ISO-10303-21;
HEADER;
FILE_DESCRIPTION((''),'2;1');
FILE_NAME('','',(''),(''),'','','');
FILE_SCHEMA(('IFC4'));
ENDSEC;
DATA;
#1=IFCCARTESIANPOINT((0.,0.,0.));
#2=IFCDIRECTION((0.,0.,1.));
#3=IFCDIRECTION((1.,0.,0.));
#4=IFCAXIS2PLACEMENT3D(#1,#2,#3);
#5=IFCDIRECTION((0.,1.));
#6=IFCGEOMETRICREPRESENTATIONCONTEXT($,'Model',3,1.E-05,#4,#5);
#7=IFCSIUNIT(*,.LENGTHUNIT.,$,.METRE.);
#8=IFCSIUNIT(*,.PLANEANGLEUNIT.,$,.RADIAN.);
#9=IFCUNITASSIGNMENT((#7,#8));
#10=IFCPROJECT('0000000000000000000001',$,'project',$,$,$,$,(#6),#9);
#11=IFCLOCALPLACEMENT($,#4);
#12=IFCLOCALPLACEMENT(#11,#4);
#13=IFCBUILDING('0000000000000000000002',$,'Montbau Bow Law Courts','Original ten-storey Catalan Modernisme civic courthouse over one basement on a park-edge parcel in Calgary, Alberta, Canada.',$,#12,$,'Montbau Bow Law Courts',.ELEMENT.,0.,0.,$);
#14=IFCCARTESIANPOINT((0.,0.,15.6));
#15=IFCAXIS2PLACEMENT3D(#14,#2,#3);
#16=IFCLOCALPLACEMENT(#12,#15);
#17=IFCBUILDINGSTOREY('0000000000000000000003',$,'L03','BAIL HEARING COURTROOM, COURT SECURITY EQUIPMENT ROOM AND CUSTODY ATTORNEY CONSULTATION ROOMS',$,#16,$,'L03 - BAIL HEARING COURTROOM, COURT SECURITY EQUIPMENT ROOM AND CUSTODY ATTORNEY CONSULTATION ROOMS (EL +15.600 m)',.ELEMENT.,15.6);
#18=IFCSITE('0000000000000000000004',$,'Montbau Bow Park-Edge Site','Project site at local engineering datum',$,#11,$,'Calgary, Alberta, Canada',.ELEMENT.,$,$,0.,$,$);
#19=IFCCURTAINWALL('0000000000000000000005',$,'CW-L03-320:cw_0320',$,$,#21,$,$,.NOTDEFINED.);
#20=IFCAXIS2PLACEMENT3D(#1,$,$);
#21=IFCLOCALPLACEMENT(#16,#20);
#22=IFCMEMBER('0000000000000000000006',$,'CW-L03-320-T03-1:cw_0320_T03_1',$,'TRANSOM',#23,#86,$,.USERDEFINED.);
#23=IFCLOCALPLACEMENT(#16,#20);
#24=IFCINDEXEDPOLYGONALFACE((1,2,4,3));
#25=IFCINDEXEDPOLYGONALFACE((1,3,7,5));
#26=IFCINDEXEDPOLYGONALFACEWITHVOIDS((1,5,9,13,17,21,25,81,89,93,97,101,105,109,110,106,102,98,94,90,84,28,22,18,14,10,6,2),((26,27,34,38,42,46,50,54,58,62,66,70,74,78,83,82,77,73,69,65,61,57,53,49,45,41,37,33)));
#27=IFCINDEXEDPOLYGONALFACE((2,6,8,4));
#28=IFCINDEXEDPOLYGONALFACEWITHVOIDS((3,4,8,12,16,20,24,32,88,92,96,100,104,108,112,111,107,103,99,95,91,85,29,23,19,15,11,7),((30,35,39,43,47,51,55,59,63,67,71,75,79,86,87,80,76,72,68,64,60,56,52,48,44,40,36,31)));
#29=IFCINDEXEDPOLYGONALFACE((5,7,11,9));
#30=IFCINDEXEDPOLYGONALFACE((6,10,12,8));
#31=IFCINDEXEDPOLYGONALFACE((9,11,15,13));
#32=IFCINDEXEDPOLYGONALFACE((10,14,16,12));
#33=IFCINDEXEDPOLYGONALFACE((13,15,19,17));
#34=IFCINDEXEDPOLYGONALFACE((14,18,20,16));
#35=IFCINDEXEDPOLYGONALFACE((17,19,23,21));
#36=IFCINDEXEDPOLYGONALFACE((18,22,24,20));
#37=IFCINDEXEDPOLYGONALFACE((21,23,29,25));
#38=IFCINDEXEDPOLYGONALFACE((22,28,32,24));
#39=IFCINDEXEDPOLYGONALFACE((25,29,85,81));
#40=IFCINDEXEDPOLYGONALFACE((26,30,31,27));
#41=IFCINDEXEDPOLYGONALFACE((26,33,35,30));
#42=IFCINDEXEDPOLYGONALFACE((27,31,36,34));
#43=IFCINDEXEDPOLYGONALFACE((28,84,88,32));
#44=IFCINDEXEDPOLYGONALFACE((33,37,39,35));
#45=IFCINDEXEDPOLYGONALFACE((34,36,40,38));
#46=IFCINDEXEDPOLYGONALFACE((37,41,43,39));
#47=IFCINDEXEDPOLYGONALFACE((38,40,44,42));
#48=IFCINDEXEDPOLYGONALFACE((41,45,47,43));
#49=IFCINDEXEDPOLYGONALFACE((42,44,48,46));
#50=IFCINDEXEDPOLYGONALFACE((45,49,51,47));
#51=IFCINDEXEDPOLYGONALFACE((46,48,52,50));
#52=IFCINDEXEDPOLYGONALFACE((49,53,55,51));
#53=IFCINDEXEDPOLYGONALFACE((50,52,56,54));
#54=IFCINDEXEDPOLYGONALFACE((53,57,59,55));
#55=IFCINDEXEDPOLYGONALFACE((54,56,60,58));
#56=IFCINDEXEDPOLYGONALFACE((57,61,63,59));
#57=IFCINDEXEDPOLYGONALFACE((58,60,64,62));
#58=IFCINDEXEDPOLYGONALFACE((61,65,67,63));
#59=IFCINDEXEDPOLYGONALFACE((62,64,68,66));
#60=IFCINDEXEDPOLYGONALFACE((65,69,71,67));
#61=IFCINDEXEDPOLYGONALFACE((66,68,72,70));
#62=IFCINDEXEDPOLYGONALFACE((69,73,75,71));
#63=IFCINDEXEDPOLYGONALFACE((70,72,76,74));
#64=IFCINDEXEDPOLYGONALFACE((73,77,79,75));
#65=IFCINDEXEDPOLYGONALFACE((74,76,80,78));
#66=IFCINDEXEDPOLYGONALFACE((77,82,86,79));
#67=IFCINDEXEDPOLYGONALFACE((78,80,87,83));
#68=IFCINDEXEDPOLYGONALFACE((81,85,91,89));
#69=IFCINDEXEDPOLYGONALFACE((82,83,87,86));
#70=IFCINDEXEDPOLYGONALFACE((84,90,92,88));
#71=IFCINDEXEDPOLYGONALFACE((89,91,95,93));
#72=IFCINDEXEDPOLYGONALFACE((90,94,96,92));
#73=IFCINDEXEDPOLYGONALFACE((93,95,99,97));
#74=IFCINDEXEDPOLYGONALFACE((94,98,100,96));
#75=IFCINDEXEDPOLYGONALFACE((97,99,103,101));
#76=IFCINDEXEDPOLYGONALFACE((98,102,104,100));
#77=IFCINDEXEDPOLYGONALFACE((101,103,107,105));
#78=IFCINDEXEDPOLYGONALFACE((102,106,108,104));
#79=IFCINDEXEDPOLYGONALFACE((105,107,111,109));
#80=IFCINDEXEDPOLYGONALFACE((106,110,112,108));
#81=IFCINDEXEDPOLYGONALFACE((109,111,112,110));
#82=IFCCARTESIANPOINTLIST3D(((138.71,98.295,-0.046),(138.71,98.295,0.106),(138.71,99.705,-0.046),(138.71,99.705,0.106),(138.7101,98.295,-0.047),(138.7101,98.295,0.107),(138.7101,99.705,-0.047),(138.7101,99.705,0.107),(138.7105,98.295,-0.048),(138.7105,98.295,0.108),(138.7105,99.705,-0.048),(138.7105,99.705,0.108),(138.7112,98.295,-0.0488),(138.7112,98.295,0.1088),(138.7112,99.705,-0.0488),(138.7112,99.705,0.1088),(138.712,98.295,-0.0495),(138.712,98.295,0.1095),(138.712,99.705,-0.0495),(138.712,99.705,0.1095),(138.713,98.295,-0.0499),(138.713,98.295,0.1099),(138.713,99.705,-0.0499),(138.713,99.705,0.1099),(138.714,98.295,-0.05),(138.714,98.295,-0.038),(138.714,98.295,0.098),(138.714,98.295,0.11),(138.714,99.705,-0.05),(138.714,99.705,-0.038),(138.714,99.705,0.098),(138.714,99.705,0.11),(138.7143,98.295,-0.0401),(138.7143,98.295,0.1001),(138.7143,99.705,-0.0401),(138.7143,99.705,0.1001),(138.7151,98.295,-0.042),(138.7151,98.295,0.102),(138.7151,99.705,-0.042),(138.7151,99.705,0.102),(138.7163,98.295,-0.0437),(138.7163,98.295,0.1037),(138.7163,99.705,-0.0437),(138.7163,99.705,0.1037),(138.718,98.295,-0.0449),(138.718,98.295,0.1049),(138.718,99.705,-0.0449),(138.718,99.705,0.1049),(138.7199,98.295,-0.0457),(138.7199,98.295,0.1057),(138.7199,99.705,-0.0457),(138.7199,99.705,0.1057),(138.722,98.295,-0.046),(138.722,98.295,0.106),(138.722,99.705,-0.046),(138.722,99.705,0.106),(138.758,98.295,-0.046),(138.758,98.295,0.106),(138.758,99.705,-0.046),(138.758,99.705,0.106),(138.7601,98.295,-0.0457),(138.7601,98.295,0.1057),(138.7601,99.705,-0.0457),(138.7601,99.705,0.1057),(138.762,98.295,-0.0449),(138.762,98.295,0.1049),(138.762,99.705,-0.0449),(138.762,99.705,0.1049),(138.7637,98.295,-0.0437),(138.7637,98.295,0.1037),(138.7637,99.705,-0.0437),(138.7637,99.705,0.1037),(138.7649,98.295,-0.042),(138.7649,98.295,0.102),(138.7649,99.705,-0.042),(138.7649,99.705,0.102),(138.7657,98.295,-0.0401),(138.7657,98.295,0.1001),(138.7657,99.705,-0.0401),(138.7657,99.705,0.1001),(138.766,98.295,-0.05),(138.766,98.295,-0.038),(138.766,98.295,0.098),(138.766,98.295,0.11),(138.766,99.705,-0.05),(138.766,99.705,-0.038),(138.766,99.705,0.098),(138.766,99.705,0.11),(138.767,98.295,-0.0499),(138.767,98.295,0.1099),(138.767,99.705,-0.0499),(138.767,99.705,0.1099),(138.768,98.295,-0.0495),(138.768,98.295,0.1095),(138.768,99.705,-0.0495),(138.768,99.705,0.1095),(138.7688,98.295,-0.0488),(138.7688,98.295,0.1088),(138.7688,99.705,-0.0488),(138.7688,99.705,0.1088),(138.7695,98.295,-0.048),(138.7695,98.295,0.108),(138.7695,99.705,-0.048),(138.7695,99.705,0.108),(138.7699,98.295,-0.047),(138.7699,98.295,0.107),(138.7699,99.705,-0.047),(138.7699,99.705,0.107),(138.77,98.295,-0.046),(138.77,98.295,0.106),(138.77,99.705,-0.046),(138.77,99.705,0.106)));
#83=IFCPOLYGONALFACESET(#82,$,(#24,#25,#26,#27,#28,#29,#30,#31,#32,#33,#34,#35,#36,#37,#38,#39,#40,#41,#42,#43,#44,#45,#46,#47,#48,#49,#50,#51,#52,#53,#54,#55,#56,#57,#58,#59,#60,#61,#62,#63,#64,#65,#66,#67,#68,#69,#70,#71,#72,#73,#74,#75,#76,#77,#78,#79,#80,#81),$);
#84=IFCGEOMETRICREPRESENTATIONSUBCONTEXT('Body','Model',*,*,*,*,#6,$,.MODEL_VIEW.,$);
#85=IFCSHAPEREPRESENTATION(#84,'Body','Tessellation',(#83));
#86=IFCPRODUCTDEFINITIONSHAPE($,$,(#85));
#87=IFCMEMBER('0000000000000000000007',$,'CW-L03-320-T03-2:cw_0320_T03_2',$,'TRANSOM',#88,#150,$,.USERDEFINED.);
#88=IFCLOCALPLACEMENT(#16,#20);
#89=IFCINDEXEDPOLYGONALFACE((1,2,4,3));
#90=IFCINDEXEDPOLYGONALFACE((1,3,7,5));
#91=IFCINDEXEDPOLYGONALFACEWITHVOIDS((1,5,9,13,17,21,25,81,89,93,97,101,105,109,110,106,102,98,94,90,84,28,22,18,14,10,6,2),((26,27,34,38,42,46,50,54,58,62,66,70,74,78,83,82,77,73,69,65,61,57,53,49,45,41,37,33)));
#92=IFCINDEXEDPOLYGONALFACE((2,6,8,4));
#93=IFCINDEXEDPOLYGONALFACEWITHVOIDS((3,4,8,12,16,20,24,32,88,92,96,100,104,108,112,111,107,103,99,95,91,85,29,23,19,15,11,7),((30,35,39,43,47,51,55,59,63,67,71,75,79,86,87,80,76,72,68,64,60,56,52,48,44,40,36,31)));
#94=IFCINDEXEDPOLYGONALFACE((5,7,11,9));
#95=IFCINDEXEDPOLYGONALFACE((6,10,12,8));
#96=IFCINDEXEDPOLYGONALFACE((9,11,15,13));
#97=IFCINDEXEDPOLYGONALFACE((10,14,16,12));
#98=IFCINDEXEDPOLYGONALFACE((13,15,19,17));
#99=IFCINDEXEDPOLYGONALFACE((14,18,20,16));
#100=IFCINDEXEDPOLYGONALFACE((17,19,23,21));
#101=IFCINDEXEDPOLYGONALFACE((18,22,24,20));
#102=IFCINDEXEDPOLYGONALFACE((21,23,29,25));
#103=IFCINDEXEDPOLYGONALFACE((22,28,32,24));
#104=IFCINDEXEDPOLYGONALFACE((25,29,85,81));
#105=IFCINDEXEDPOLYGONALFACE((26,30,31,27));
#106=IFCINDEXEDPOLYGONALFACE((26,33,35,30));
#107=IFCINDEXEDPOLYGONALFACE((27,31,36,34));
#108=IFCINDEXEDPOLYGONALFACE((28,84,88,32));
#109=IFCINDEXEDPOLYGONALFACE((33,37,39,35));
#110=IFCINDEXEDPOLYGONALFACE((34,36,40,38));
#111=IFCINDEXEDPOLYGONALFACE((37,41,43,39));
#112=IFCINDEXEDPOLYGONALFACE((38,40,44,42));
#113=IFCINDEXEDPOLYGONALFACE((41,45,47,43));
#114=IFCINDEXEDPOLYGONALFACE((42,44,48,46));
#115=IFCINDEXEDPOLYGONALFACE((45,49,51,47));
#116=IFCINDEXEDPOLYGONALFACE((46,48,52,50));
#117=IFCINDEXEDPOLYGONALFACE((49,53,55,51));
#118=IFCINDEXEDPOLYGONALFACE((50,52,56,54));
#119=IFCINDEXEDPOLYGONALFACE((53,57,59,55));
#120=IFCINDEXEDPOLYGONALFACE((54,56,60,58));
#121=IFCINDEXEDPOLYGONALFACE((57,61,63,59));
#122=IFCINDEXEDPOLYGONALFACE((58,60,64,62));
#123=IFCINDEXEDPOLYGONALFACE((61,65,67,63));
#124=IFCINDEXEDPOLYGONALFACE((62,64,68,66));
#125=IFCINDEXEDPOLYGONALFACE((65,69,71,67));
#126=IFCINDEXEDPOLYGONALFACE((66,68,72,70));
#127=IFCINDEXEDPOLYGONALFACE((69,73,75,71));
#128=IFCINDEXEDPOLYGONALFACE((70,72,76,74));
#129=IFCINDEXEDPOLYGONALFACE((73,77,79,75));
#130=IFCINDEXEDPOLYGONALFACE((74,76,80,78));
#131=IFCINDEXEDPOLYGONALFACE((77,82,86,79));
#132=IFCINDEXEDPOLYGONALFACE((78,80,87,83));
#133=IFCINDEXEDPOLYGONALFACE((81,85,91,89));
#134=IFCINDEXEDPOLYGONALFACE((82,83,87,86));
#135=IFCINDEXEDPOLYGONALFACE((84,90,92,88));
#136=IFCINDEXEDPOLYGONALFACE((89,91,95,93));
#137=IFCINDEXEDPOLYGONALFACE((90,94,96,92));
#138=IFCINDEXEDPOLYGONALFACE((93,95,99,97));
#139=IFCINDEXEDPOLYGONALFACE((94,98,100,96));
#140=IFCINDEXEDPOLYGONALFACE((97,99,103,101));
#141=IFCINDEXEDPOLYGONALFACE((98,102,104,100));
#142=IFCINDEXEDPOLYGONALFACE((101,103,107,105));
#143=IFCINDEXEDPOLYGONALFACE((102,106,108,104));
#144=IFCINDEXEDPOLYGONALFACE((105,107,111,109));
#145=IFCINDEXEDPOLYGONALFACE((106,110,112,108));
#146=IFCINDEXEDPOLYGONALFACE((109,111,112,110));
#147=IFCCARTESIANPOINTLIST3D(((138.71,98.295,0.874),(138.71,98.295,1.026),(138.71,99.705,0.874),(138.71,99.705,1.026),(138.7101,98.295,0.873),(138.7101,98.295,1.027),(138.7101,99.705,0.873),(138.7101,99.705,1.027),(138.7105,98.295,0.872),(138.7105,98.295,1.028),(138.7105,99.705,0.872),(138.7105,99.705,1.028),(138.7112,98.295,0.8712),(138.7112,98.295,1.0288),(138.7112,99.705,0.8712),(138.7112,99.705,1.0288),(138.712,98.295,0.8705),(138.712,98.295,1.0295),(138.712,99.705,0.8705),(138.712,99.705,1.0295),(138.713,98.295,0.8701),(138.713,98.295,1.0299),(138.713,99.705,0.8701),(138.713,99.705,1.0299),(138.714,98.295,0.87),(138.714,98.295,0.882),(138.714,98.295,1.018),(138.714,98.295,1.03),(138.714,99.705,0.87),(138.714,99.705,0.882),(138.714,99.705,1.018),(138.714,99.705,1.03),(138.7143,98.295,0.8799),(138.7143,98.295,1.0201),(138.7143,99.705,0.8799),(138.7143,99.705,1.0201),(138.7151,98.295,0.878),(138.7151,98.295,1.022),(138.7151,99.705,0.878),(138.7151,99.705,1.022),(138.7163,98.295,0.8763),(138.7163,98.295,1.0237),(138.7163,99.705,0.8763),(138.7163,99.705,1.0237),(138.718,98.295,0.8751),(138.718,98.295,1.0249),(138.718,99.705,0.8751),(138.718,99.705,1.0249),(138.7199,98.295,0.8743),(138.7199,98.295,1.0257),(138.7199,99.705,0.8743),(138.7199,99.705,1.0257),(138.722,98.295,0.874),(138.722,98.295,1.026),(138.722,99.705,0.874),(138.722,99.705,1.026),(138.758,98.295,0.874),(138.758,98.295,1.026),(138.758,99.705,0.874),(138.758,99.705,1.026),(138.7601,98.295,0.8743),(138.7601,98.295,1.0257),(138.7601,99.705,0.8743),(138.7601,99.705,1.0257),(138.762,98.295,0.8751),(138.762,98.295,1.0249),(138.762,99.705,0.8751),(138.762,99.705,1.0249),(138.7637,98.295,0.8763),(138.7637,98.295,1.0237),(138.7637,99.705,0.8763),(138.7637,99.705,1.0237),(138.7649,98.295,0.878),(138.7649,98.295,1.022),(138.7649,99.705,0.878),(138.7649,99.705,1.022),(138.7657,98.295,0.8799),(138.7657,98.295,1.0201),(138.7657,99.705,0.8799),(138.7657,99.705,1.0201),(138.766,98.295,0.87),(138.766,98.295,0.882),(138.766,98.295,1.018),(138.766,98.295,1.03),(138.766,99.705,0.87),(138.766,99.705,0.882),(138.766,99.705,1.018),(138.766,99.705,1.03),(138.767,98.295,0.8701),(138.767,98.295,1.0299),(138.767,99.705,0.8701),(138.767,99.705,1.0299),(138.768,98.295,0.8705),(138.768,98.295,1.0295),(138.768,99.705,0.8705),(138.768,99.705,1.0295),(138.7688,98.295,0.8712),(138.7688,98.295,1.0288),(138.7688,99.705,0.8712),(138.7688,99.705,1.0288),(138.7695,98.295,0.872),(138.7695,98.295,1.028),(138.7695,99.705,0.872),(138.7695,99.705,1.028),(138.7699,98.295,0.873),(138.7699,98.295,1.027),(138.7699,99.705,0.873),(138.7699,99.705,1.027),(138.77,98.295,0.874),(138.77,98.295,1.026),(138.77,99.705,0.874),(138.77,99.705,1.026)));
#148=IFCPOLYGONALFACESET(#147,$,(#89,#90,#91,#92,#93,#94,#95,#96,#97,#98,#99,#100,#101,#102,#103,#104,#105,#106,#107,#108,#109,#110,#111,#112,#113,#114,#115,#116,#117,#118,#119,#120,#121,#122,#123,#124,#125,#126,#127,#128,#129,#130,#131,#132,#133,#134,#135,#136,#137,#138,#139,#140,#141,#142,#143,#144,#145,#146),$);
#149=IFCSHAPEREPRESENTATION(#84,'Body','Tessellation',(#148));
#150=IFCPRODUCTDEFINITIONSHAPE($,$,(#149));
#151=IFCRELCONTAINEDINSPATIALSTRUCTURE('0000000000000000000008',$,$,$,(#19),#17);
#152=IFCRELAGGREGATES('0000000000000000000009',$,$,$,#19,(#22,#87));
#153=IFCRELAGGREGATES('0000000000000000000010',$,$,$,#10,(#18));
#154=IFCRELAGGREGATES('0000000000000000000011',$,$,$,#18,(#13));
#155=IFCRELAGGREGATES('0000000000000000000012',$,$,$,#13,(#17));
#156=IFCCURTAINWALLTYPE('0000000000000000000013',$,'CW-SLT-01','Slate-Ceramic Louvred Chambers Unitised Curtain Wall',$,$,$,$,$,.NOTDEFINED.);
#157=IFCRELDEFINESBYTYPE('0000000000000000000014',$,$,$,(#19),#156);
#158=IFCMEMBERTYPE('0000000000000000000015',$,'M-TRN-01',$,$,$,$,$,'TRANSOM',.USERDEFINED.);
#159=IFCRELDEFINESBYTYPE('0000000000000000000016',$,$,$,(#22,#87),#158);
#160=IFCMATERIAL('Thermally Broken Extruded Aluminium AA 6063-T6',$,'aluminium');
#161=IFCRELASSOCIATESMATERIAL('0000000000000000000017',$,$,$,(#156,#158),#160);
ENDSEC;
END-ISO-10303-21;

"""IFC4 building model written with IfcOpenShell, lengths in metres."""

from ifc_helpers import new_model, si_unit, direction, frame, origin_with_axes, origin_2d_with_axis, place, context, subcontext, project, spatial, hollow_rectangle, extrude, material, material_profile, profile_set, type_object, element, aggregate, save


model = new_model("IFC4")

# Units and contexts
model_context = context("Model", 3, precision=1e-05, world=origin_with_axes(), true_north=direction((0.0, 1.0)))
body_context = subcontext(model_context, "Body", "Model", "MODEL_VIEW")
ifc_project = project(units=[si_unit("LENGTHUNIT", "METRE"), si_unit("PLANEANGLEUNIT", "RADIAN")], contexts=[model_context])

# Site, building, storey
site_placement = place(None, origin_with_axes())
site = spatial("IfcSite", under=ifc_project, at=site_placement, Name="Montbau Bow Park-Edge Site", Description="Project site at local engineering datum", LongName="Calgary, Alberta, Canada", CompositionType="ELEMENT", RefElevation=0.0)
building_placement = place(site_placement, origin_with_axes())
building = spatial("IfcBuilding", under=site, at=building_placement, Name="Montbau Bow Law Courts", Description="Original ten-storey Catalan Modernisme civic courthouse over one basement on a park-edge parcel in Calgary, Alberta, Canada.", LongName="Montbau Bow Law Courts", CompositionType="ELEMENT", ElevationOfRefHeight=0.0, ElevationOfTerrain=0.0)
storey_placement = place(building_placement, frame((0.0, 0.0, 15.6), z_axis=(0.0, 0.0, 1.0), x_axis=(1.0, 0.0, 0.0)))
storey = spatial("IfcBuildingStorey", under=building, at=storey_placement, Name="L03", Description="BAIL HEARING COURTROOM, COURT SECURITY EQUIPMENT ROOM AND CUSTODY ATTORNEY CONSULTATION ROOMS", LongName="L03 - BAIL HEARING COURTROOM, COURT SECURITY EQUIPMENT ROOM AND CUSTODY ATTORNEY CONSULTATION ROOMS (EL +15.600 m)", CompositionType="ELEMENT", Elevation=15.6)

# Curtain wall, members
ifc_material_1 = material(Name="Thermally Broken Extruded Aluminium AA 6063-T6", Category="aluminium")
curtain_wall_type = type_object("IfcCurtainWallType", Name="CW-SLT-01", Description="Slate-Ceramic Louvred Chambers Unitised Curtain Wall", PredefinedType="NOTDEFINED", material=ifc_material_1)
curtain_wall_placement = place(None, frame((138.74, 95.315, 15.6), z_axis=(0.0, 0.0, 1.0), x_axis=(1.0, 0.0, 0.0)))
curtain_wall = element("IfcCurtainWall", 1, at=curtain_wall_placement, inside=storey, type_object=curtain_wall_type, Name="CW-L03-320:cw_0320", PredefinedType="NOTDEFINED")
ifc_material_profile_1 = material_profile(ifc_material_1, hollow_rectangle(XDim=0.06, YDim=0.16, WallThickness=0.004, InnerFilletRadius=0.008, OuterFilletRadius=0.004, at=origin_2d_with_axis()), Name="CWT-160X60", Category="Main", Priority=0)
ifc_profile_set_1 = profile_set([ifc_material_profile_1], Name="Thermally Broken Extruded Aluminium AA 6063-T6")
member_type_1 = type_object("IfcMemberType", Name="M-TRN-01", ElementType="TRANSOM", PredefinedType="USERDEFINED", material=ifc_profile_set_1)
member_1_placement = place(None, frame((138.74, 98.295, 15.63), z_axis=(0.0, 1.0, 0.0), x_axis=(-1.0, 0.0, 0.0)))
member_1 = element("IfcMember", 2, at=member_1_placement, type_object=member_type_1, Name="CW-L03-320-T03-1:cw_0320_T03_1", ObjectType="TRANSOM", PredefinedType="USERDEFINED", context=body_context, shape_type="SweptSolid", body=[
    extrude(hollow_rectangle(XDim=0.06, YDim=0.16, WallThickness=0.004, InnerFilletRadius=0.008, OuterFilletRadius=0.004, at=origin_2d_with_axis()), origin_with_axes(), (0.0, 0.0, 1.0), 1.41),
])
member_2_placement = place(None, frame((138.74, 98.295, 16.55), z_axis=(0.0, 1.0, 0.0), x_axis=(-1.0, 0.0, 0.0)))
member_2 = element("IfcMember", 3, at=member_2_placement, type_object=member_type_1, Name="CW-L03-320-T03-2:cw_0320_T03_2", ObjectType="TRANSOM", PredefinedType="USERDEFINED", context=body_context, shape_type="SweptSolid", body=[
    extrude(hollow_rectangle(XDim=0.06, YDim=0.16, WallThickness=0.004, InnerFilletRadius=0.008, OuterFilletRadius=0.004, at=origin_2d_with_axis()), origin_with_axes(), (0.0, 0.0, 1.0), 1.41),
])
aggregate(curtain_wall, [member_1, member_2])

save(model, "model.ifc")
